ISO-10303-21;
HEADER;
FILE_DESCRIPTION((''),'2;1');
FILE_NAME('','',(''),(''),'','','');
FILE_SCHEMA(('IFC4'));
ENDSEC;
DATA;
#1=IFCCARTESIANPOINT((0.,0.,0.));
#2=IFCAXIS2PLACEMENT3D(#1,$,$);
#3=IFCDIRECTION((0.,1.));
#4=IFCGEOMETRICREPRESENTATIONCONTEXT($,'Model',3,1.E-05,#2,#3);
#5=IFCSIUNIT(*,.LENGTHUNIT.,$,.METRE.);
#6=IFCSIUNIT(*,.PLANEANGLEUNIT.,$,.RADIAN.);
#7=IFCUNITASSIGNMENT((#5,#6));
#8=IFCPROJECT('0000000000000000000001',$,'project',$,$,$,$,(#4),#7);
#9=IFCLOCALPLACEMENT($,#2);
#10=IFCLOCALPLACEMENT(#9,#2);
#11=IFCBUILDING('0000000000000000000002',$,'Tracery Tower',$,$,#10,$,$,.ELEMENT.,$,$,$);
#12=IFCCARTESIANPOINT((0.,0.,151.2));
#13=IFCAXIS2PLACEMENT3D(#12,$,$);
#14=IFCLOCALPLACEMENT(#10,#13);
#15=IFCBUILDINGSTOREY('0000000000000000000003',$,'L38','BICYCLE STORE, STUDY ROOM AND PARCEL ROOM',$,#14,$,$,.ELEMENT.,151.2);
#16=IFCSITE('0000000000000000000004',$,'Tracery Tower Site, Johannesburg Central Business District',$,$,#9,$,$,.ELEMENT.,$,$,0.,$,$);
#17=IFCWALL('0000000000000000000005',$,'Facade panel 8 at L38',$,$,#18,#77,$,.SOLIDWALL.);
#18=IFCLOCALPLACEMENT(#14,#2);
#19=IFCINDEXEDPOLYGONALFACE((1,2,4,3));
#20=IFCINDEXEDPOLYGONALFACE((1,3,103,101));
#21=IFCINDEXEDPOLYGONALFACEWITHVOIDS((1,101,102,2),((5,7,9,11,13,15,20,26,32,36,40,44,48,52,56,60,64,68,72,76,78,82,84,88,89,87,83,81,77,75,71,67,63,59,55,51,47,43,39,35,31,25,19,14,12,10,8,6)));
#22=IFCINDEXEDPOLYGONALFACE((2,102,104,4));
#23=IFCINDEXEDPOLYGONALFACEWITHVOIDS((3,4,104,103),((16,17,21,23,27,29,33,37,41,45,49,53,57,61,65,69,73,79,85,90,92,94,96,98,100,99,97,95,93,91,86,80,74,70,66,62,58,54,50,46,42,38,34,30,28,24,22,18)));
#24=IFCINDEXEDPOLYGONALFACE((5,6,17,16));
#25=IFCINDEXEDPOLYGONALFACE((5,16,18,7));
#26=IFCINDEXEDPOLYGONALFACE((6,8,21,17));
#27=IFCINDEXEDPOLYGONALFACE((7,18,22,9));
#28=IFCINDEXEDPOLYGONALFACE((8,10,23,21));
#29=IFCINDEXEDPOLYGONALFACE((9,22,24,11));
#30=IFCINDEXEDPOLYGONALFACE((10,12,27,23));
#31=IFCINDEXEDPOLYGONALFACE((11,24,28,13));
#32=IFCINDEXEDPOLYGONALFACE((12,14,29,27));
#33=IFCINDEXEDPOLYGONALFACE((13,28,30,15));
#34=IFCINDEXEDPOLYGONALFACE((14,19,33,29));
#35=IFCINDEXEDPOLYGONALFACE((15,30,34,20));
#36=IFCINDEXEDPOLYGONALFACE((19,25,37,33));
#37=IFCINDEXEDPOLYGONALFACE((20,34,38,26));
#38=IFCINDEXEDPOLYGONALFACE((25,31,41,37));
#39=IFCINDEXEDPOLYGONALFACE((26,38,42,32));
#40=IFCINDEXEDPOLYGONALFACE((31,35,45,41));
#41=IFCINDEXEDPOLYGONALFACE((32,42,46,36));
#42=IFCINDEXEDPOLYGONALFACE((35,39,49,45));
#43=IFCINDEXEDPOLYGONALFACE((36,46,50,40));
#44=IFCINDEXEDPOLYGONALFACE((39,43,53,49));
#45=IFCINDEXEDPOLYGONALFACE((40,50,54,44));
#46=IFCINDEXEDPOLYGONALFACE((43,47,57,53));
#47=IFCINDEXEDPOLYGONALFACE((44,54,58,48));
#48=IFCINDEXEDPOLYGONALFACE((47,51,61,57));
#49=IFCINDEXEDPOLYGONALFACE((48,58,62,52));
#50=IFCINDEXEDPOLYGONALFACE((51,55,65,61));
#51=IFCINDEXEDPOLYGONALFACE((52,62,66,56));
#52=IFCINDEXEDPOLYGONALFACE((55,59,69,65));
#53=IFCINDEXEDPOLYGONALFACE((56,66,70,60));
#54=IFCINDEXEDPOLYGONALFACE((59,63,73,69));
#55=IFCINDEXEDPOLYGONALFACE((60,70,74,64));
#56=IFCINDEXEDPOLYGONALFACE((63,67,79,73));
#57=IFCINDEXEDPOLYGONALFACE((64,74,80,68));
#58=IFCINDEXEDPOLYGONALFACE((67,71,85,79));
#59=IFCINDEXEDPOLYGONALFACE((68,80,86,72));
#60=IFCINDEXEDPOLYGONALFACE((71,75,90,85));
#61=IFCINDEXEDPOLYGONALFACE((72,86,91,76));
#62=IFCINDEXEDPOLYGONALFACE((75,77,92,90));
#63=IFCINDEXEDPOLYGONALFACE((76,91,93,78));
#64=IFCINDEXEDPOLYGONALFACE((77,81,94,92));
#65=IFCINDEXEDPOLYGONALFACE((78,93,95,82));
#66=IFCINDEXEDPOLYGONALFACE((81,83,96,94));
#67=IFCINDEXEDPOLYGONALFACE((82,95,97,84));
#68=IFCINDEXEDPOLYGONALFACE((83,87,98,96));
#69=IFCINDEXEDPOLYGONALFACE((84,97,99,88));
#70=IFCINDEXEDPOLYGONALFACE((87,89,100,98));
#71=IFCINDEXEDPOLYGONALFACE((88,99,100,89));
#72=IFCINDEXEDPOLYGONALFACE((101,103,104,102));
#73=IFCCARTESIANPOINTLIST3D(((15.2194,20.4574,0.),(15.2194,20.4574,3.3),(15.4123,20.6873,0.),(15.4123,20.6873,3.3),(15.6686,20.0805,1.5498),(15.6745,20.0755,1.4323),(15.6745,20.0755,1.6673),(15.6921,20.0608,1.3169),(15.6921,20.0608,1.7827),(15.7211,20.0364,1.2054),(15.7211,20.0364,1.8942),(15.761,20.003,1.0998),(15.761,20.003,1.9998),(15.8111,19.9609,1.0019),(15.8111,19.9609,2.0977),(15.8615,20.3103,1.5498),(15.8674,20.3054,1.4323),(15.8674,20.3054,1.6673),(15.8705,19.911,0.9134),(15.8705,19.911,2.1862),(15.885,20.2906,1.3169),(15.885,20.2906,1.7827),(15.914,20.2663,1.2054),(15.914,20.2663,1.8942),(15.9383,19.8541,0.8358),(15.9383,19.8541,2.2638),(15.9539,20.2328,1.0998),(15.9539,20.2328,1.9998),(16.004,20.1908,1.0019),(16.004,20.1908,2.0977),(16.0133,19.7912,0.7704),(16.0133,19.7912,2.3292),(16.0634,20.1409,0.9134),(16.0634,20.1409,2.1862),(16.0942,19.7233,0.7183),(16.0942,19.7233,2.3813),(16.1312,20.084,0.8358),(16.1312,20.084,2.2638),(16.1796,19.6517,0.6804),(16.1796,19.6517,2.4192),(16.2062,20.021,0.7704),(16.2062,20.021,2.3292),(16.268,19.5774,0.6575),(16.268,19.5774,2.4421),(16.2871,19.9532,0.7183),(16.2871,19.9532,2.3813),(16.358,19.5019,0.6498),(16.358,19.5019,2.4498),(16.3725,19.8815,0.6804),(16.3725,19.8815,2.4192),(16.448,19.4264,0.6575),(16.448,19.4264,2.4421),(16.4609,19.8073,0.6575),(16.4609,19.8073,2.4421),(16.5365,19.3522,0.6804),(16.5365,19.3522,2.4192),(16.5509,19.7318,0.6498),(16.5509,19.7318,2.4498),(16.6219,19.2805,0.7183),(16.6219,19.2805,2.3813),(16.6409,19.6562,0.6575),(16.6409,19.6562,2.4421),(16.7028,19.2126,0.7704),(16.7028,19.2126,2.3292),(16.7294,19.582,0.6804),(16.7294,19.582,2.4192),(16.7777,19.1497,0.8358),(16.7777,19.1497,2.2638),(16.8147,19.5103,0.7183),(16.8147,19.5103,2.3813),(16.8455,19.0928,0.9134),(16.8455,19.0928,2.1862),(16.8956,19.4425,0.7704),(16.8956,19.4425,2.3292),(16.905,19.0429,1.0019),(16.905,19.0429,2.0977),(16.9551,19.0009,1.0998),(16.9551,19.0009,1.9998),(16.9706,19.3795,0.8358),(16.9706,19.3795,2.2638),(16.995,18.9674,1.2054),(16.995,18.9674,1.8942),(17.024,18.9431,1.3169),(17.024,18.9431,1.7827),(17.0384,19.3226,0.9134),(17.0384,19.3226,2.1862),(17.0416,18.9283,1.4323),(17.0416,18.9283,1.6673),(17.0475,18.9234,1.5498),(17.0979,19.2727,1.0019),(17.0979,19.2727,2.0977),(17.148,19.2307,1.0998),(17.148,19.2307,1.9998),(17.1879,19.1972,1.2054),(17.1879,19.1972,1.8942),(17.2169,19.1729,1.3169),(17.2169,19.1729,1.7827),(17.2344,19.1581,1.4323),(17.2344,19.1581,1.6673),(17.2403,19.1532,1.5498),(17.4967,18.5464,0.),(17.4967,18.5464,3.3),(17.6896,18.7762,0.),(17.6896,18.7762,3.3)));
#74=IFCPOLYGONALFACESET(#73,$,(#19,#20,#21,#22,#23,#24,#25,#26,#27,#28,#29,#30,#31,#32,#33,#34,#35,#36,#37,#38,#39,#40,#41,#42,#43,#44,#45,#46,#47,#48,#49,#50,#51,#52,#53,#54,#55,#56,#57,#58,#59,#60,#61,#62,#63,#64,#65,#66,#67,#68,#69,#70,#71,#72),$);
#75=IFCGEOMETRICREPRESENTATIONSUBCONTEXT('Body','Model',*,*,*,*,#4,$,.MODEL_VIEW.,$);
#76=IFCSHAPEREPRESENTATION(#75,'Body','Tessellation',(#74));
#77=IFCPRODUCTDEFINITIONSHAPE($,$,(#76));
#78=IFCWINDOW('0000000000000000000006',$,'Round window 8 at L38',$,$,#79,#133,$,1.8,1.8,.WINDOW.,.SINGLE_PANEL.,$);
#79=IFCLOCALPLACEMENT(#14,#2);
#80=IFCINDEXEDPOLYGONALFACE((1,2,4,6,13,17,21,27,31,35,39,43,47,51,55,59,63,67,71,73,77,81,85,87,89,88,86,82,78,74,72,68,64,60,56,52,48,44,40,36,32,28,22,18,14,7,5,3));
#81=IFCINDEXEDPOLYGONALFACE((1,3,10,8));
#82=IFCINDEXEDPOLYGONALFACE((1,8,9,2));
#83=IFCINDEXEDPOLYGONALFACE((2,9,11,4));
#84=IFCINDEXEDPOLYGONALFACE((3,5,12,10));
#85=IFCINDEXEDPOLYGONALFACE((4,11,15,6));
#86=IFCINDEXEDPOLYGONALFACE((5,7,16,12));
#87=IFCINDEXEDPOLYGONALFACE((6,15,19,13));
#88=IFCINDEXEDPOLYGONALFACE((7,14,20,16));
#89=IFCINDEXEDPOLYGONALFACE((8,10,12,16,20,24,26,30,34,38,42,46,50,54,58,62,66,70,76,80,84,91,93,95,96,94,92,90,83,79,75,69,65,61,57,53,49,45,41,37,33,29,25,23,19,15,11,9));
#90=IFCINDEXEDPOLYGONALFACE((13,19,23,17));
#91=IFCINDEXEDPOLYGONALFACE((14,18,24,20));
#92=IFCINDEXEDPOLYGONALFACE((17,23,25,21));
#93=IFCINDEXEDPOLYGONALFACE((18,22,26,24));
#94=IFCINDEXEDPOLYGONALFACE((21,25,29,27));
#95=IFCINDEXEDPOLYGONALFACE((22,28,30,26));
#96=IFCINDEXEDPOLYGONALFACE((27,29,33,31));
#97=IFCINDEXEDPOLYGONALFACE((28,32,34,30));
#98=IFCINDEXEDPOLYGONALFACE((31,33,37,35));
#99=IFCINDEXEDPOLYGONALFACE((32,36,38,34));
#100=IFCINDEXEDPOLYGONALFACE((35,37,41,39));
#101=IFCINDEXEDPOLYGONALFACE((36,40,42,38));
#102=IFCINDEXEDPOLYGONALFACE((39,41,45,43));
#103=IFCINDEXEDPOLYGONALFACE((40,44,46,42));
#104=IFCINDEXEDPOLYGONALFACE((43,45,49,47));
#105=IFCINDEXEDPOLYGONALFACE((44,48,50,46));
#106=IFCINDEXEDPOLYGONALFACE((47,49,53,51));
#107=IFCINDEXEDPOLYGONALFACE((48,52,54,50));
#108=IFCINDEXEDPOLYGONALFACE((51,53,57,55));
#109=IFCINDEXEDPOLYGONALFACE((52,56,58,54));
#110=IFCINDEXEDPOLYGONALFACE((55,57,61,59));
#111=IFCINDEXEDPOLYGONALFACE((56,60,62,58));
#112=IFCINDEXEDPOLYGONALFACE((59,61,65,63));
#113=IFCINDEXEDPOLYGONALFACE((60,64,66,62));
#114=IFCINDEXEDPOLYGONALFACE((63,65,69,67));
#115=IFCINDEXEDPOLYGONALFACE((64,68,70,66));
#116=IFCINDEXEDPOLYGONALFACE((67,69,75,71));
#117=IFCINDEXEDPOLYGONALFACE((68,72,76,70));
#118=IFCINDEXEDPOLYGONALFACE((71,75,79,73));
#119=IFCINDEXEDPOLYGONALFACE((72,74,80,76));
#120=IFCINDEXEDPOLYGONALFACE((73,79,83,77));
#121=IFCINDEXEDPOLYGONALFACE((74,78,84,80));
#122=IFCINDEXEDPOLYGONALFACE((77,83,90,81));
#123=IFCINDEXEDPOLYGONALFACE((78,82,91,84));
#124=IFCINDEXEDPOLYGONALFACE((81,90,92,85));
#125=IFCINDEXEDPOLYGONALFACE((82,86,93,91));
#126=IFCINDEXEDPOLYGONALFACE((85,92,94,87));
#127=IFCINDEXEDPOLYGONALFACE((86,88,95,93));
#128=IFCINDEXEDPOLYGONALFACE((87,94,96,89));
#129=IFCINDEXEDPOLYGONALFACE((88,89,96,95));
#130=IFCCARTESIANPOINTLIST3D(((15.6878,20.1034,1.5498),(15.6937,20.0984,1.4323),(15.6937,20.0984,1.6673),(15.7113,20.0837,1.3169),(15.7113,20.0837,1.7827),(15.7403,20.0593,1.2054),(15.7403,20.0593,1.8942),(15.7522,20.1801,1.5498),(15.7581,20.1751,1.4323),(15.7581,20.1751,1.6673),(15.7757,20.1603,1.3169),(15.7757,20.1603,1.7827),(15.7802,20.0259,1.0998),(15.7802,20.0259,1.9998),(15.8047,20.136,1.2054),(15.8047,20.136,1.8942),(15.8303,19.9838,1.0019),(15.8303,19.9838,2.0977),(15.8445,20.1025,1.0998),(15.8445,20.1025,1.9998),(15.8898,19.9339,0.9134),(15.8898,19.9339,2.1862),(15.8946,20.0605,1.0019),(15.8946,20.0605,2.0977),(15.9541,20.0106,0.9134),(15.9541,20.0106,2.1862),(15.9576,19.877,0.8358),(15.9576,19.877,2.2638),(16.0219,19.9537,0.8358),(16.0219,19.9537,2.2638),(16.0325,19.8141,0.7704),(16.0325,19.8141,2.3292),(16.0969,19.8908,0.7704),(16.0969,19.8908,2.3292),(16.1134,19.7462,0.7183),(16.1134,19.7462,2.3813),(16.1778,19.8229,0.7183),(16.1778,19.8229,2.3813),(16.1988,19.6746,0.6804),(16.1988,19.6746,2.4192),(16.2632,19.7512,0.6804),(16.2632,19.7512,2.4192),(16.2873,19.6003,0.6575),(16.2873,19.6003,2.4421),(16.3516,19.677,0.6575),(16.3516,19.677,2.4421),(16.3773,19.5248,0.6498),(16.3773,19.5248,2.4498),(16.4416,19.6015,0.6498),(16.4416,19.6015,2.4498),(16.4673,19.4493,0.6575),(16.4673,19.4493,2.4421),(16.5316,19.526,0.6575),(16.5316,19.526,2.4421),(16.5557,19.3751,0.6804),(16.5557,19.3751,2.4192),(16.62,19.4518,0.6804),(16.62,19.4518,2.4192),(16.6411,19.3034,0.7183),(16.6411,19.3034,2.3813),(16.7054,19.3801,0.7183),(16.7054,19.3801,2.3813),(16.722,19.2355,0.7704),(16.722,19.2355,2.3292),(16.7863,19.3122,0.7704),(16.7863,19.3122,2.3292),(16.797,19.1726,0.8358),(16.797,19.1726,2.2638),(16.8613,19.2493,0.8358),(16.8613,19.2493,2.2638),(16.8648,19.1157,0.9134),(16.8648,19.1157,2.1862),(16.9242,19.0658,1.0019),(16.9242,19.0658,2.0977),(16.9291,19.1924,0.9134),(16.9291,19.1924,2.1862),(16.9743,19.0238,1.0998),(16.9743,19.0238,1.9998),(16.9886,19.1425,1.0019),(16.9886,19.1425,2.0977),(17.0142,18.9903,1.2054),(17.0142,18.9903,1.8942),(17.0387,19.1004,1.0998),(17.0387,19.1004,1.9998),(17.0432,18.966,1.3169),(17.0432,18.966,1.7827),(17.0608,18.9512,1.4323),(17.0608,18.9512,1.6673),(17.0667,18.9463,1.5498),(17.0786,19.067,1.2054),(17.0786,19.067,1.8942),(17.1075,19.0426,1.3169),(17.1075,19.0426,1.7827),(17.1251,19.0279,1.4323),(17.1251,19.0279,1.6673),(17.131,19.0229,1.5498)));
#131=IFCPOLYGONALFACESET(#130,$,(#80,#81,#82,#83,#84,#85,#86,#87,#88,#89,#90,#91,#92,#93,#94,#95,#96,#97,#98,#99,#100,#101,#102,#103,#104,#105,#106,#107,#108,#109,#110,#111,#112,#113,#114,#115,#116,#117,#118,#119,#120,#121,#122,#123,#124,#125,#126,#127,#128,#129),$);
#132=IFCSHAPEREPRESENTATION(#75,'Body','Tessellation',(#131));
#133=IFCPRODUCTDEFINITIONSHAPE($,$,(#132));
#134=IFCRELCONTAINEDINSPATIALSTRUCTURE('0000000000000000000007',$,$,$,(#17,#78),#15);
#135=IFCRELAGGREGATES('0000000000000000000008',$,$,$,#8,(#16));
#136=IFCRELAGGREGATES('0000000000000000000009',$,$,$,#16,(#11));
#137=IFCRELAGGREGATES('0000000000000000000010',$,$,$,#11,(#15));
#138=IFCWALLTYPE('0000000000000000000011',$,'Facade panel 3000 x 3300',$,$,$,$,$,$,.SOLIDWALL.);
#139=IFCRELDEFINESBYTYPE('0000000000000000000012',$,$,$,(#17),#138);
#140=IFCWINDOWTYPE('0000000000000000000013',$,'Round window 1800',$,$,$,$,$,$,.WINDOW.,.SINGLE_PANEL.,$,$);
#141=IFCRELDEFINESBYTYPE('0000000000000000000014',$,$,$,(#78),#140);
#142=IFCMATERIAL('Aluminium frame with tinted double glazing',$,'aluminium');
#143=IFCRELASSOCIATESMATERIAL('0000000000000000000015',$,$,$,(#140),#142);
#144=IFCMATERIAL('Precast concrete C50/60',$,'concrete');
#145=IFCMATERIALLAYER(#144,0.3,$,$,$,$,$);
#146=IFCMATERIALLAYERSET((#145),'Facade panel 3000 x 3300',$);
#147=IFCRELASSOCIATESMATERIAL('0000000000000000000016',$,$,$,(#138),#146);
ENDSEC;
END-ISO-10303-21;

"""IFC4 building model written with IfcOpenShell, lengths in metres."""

from ifc_helpers import new_model, si_unit, direction, frame, frame_2d, origin, origin_2d, place, context, subcontext, project, spatial, rectangle, circle, extrude, material, layer, layer_set, type_object, element, fill, save


model = new_model("IFC4")

# Units and contexts
model_context = context("Model", 3, precision=1e-05, world=origin(), true_north=direction((0.0, 1.0)))
body_context = subcontext(model_context, "Body", "Model", "MODEL_VIEW")
ifc_project = project(units=[si_unit("LENGTHUNIT", "METRE"), si_unit("PLANEANGLEUNIT", "RADIAN")], contexts=[model_context])

# Site, building, storey
site_placement = place(None, origin())
site = spatial("IfcSite", under=ifc_project, at=site_placement, Name="Tracery Tower Site, Johannesburg Central Business District", CompositionType="ELEMENT", RefElevation=0.0)
building_placement = place(site_placement, origin())
building = spatial("IfcBuilding", under=site, at=building_placement, Name="Tracery Tower", CompositionType="ELEMENT")
storey_placement = place(building_placement, frame((0.0, 0.0, 151.2)))
storey = spatial("IfcBuildingStorey", under=building, at=storey_placement, Name="L38", Description="BICYCLE STORE, STUDY ROOM AND PARCEL ROOM", CompositionType="ELEMENT", Elevation=151.2)

# Wall, opening, window
ifc_material_1 = material(Name="Aluminium frame with tinted double glazing", Category="aluminium")
window_type = type_object("IfcWindowType", Name="Round window 1800", PartitioningType="SINGLE_PANEL", PredefinedType="WINDOW", material=ifc_material_1)
ifc_material_2 = material(Name="Precast concrete C50/60", Category="concrete")
ifc_layer_1 = layer(ifc_material_2, 0.3)
ifc_layer_set_1 = layer_set([ifc_layer_1], Name="Facade panel 3000 x 3300")
wall_type_1 = type_object("IfcWallType", Name="Facade panel 3000 x 3300", PredefinedType="SOLIDWALL", material=ifc_layer_set_1)
wall_1_placement = place(storey_placement, frame((17.593, 18.6614, 0.0), z_axis=(0.0, 0.0, 1.0), x_axis=(-0.766009, 0.64283, 0.0)))
wall_1 = element("IfcWall", 1, at=wall_1_placement, inside=storey, type_object=wall_type_1, Name="Facade panel 8 at L38", PredefinedType="SOLIDWALL", context=body_context, shape_type="SweptSolid", body=[
    extrude(rectangle(XDim=2.9729, YDim=0.3, at=frame_2d((1.4863, 0.0))), origin(), (0.0, 0.0, 1.0), 3.3),
])
opening_1_placement = place(wall_1_placement, frame((1.4863, 0.0, 1.5498)))
opening_1 = element("IfcOpeningElement", 2, at=opening_1_placement, cuts=wall_1, PredefinedType="OPENING", context=body_context, shape_type="SweptSolid", body=[
    extrude(circle(Radius=0.9, at=origin_2d()), frame((0.0, 0.1599, 0.0), z_axis=(0.0, -1.0, 0.0), x_axis=(1.0, 0.0, 0.0)), (0.0, 0.0, 1.0), 0.3201),
])
window_1_placement = place(opening_1_placement, origin())
window_1 = element("IfcWindow", 3, at=window_1_placement, inside=storey, type_object=window_type, Name="Round window 8 at L38", OverallHeight=1.8, OverallWidth=1.8, PartitioningType="SINGLE_PANEL", PredefinedType="WINDOW", context=body_context, shape_type="SweptSolid", body=[
    extrude(circle(Radius=0.9, at=origin_2d()), frame((0.0, 0.1201, 0.0), z_axis=(0.0, -1.0, 0.0), x_axis=(1.0, 0.0, 0.0)), (0.0, 0.0, 1.0), 0.1001),
])
fill(opening_1, window_1)

save(model, "model.ifc")
